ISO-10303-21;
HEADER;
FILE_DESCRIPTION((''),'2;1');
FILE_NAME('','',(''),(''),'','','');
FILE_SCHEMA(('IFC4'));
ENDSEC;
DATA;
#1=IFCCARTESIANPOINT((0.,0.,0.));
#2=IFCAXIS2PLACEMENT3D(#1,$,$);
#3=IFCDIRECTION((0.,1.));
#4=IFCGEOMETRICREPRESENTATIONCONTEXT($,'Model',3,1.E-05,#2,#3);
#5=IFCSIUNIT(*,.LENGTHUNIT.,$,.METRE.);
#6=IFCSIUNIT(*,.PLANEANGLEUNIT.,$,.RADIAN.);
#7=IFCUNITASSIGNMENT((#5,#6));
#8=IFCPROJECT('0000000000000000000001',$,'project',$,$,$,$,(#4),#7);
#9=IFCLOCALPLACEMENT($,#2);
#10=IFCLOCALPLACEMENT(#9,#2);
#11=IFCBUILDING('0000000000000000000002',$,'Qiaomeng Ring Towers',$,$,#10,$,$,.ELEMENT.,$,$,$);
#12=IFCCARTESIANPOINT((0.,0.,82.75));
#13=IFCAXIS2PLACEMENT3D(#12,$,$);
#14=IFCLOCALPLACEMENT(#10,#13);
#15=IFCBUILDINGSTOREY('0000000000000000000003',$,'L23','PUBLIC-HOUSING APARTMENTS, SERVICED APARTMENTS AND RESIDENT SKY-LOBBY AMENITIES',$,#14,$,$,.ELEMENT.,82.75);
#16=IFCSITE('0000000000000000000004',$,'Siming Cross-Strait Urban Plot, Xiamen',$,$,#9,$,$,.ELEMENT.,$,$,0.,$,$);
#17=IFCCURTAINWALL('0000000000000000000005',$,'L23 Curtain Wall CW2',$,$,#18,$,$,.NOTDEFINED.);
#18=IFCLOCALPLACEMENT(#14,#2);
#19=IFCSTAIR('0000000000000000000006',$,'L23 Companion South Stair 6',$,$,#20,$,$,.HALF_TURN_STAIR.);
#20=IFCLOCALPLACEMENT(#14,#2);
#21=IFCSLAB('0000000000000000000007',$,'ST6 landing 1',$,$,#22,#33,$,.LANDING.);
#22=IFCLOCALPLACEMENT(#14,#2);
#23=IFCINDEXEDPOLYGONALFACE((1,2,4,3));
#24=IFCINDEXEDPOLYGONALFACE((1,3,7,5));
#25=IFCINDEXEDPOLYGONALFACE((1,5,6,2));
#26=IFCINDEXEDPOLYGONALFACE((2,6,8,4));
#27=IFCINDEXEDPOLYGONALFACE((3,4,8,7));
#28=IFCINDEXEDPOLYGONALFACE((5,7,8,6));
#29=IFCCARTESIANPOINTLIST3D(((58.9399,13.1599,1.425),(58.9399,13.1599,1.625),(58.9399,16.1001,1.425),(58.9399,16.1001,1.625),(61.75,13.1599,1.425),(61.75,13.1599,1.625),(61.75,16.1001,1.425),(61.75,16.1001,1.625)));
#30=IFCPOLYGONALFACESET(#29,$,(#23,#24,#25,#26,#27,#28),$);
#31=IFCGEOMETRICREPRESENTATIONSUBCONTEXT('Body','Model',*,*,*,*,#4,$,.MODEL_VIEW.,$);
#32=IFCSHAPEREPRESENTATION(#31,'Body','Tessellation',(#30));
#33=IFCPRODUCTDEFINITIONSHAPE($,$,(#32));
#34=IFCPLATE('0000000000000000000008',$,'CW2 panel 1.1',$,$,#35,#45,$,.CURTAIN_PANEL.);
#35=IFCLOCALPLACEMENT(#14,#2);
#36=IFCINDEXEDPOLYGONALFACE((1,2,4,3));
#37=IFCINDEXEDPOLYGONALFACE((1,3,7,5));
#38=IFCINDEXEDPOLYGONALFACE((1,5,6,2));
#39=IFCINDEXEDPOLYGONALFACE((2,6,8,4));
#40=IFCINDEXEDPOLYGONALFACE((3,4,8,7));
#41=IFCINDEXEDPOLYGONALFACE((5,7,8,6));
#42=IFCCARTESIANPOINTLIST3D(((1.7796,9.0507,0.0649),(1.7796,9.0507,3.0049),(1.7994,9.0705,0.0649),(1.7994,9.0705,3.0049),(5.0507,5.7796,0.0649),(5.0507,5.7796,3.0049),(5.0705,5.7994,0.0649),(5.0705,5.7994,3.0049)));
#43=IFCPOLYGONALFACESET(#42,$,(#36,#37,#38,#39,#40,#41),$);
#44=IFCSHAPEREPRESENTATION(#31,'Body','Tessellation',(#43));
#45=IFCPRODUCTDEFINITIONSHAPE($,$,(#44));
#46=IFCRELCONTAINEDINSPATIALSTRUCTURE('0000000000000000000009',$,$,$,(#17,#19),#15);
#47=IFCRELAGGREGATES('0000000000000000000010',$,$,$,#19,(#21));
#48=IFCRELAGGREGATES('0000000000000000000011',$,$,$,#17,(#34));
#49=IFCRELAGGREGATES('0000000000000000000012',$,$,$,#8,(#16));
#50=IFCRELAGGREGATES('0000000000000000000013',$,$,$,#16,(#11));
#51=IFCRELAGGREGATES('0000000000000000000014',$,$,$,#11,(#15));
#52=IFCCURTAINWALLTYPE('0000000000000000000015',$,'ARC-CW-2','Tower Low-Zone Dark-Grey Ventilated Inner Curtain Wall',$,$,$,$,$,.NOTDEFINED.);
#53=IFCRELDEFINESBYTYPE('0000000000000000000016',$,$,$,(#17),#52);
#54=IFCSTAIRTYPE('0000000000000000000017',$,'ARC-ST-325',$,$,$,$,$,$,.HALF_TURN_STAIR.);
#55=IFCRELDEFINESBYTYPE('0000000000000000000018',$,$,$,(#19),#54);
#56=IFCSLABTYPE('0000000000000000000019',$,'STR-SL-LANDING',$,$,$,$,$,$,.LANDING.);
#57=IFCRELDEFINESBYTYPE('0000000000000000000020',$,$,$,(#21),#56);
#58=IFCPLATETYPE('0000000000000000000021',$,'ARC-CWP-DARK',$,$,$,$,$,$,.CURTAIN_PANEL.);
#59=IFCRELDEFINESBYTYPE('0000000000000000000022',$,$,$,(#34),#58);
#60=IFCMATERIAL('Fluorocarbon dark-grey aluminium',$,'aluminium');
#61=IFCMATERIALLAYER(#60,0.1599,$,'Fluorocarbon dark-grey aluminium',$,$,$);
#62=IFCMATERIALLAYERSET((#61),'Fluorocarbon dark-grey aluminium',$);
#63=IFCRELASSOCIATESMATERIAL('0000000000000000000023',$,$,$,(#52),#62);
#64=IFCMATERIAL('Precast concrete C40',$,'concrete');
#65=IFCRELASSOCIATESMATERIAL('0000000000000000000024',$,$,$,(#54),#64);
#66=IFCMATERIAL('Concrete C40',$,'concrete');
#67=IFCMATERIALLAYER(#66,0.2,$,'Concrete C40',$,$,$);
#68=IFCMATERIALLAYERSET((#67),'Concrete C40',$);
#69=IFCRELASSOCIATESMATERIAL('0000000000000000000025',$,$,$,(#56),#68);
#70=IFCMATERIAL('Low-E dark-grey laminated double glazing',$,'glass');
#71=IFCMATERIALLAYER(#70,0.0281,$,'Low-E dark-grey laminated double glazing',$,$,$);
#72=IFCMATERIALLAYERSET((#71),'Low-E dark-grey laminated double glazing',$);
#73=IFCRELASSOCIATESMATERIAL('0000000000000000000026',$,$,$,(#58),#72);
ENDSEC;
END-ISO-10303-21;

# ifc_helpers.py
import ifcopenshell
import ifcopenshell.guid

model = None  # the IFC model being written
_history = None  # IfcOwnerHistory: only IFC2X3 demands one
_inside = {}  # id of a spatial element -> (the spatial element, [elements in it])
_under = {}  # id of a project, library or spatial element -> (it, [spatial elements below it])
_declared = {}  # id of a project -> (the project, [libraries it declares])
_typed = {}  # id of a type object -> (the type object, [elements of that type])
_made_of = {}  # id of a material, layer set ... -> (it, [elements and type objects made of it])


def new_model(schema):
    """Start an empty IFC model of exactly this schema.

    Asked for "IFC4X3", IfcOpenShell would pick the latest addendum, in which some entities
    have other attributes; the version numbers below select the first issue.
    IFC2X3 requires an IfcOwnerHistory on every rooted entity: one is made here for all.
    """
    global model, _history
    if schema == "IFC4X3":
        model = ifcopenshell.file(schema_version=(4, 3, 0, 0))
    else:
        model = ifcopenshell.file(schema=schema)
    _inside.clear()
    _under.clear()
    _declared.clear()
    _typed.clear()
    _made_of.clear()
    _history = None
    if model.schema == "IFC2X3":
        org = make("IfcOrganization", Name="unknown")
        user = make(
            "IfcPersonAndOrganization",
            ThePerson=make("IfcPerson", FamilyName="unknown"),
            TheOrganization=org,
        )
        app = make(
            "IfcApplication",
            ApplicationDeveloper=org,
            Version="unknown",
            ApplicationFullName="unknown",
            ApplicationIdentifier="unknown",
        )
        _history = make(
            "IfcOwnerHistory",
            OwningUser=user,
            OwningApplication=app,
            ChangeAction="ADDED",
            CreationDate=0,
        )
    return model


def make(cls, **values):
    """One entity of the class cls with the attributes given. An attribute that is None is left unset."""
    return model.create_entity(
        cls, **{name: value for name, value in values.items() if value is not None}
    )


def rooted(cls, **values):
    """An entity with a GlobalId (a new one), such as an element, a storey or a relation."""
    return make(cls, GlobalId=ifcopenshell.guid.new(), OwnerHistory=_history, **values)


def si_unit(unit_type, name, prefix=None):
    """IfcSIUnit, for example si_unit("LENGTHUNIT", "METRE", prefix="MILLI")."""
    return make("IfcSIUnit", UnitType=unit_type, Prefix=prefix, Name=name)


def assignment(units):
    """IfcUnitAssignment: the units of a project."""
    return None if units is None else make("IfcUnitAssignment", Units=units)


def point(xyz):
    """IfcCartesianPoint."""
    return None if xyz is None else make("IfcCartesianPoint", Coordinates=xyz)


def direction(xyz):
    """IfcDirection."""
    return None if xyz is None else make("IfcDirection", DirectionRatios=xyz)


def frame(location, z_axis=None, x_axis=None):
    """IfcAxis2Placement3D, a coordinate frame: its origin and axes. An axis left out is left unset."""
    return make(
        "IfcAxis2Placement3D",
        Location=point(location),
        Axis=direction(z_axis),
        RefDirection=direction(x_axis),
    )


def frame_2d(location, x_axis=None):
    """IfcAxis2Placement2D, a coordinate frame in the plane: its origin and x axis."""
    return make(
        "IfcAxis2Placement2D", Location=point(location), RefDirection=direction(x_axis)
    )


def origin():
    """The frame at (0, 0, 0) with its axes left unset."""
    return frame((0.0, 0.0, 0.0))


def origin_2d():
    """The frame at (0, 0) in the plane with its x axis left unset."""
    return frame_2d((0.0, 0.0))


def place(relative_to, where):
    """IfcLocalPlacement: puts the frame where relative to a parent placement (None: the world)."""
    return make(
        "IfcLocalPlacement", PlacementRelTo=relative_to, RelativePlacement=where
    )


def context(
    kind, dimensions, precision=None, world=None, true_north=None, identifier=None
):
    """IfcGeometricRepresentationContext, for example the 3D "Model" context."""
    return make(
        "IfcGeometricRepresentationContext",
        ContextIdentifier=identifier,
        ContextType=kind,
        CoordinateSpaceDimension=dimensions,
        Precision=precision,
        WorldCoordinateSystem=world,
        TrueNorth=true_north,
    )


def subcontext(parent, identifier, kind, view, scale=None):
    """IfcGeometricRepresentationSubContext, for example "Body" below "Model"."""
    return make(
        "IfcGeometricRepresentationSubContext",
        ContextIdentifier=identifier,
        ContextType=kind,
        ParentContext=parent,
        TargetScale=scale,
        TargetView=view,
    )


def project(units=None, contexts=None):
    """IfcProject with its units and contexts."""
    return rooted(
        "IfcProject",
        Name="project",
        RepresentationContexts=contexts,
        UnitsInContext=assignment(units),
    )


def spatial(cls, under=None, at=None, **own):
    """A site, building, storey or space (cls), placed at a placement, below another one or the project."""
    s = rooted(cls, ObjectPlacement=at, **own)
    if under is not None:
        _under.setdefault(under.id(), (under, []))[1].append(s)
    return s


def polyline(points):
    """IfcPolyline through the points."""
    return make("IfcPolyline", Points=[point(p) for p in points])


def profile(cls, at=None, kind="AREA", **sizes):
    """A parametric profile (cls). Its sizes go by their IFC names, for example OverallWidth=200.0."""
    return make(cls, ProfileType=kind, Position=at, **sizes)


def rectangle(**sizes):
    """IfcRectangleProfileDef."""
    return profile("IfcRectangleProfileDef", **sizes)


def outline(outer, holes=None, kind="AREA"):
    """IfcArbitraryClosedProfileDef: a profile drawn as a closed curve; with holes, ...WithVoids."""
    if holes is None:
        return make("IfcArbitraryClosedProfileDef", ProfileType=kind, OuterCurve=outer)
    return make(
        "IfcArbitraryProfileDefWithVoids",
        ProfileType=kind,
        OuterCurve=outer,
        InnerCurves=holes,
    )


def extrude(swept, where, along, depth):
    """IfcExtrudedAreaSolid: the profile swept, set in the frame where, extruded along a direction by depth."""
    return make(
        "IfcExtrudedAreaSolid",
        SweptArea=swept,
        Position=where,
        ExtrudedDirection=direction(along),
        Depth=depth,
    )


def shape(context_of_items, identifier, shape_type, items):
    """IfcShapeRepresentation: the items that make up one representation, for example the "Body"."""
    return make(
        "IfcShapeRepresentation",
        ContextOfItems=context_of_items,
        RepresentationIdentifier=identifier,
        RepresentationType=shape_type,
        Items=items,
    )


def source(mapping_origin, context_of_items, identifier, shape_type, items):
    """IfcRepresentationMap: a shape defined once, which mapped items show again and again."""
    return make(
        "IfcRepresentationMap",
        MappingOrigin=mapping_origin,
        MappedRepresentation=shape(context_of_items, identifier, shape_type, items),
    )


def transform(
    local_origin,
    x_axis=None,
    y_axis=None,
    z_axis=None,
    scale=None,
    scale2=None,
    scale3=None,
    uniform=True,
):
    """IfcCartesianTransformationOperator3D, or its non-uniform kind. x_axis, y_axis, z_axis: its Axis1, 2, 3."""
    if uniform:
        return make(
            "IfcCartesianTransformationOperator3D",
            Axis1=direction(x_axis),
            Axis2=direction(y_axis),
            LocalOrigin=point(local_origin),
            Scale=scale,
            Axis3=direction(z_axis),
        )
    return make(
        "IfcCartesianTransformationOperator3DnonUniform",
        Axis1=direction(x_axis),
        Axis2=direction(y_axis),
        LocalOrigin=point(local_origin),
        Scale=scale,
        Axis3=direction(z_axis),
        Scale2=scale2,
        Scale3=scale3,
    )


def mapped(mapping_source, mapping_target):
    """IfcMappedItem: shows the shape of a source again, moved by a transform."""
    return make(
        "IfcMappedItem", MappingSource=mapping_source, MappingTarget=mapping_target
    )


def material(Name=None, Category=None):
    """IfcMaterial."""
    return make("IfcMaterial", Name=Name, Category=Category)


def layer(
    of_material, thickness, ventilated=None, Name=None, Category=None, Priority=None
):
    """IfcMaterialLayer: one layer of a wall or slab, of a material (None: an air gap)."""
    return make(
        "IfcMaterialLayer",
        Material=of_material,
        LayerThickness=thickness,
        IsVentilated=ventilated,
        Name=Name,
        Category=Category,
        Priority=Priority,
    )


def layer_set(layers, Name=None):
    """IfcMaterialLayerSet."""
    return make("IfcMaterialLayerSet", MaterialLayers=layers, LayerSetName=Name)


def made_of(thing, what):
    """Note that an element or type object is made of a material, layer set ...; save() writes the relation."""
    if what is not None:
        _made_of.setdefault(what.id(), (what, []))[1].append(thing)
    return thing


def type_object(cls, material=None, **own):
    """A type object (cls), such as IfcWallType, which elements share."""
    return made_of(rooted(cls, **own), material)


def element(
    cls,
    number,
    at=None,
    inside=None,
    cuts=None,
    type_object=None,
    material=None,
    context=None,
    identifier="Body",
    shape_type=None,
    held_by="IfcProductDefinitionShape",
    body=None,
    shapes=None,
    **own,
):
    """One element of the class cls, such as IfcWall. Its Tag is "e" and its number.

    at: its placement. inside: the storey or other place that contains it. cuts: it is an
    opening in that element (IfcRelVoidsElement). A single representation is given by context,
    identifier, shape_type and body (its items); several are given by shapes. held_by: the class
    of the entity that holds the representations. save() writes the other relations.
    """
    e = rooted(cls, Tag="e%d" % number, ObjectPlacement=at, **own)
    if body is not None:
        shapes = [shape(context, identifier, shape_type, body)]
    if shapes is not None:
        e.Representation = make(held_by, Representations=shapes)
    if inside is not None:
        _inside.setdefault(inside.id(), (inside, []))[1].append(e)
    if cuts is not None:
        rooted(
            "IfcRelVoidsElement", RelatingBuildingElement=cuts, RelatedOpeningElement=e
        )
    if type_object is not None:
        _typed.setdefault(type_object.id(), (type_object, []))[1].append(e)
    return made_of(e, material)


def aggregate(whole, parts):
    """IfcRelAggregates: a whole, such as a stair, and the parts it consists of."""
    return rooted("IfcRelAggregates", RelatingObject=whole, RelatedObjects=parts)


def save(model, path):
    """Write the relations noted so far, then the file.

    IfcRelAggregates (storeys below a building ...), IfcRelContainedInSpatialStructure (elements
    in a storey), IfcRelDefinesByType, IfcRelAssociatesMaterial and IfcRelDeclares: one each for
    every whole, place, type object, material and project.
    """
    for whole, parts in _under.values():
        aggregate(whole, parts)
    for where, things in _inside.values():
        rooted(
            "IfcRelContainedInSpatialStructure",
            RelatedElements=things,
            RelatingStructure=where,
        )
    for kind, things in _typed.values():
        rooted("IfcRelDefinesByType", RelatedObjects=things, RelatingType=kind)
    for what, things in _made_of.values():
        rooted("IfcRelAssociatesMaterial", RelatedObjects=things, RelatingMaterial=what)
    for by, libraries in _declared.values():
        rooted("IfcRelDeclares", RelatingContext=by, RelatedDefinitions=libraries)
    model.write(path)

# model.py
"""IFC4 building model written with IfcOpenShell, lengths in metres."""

from ifc_helpers import new_model, si_unit, direction, frame, origin, origin_2d, place, context, subcontext, project, spatial, polyline, rectangle, outline, extrude, source, transform, mapped, material, layer, layer_set, type_object, element, aggregate, save


model = new_model("IFC4")

# Units and contexts
model_context = context("Model", 3, precision=1e-05, world=origin(), true_north=direction((0.0, 1.0)))
body_context = subcontext(model_context, "Body", "Model", "MODEL_VIEW")
ifc_project = project(units=[si_unit("LENGTHUNIT", "METRE"), si_unit("PLANEANGLEUNIT", "RADIAN")], contexts=[model_context])

# Site, building, storey
site_placement = place(None, origin())
site = spatial("IfcSite", under=ifc_project, at=site_placement, Name="Siming Cross-Strait Urban Plot, Xiamen", CompositionType="ELEMENT", RefElevation=0.0)
building_placement = place(site_placement, origin())
building = spatial("IfcBuilding", under=site, at=building_placement, Name="Qiaomeng Ring Towers", CompositionType="ELEMENT")
storey_placement = place(building_placement, frame((0.0, 0.0, 82.75)))
storey = spatial("IfcBuildingStorey", under=building, at=storey_placement, Name="L23", Description="PUBLIC-HOUSING APARTMENTS, SERVICED APARTMENTS AND RESIDENT SKY-LOBBY AMENITIES", CompositionType="ELEMENT", Elevation=82.75)

# Curtain wall
ifc_material_1 = material(Name="Fluorocarbon dark-grey aluminium", Category="aluminium")
ifc_layer_1 = layer(ifc_material_1, 0.1599, Name="Fluorocarbon dark-grey aluminium")
ifc_layer_set_1 = layer_set([ifc_layer_1], Name="Fluorocarbon dark-grey aluminium")
curtain_wall_type = type_object("IfcCurtainWallType", Name="ARC-CW-2", Description="Tower Low-Zone Dark-Grey Ventilated Inner Curtain Wall", PredefinedType="NOTDEFINED", material=ifc_layer_set_1)
curtain_wall_placement = place(storey_placement, origin())
curtain_wall = element("IfcCurtainWall", 1, at=curtain_wall_placement, inside=storey, type_object=curtain_wall_type, Name="L23 Curtain Wall CW2", PredefinedType="NOTDEFINED")

# Stair, slab
ifc_material_2 = material(Name="Precast concrete C40", Category="concrete")
stair_type = type_object("IfcStairType", Name="ARC-ST-325", PredefinedType="HALF_TURN_STAIR", material=ifc_material_2)
stair_placement = place(storey_placement, origin())
stair = element("IfcStair", 2, at=stair_placement, inside=storey, type_object=stair_type, Name="L23 Companion South Stair 6", PredefinedType="HALF_TURN_STAIR")
ifc_material_3 = material(Name="Concrete C40", Category="concrete")
ifc_layer_2 = layer(ifc_material_3, 0.2, Name="Concrete C40")
ifc_layer_set_2 = layer_set([ifc_layer_2], Name="Concrete C40")
slab_type = type_object("IfcSlabType", Name="STR-SL-LANDING", PredefinedType="LANDING", material=ifc_layer_set_2)
slab_placement = place(storey_placement, frame((0.0, 0.0, 1.425)))
slab = element("IfcSlab", 3, at=slab_placement, type_object=slab_type, Name="ST6 landing 1", PredefinedType="LANDING", context=body_context, shape_type="SweptSolid", body=[
    extrude(outline(polyline([(58.9399, 13.1599), (61.75, 13.1599), (61.75, 16.1001), (58.9399, 16.1001), (58.9399, 13.1599)])), origin(), (0.0, 0.0, 1.0), 0.2),
])
aggregate(stair, [slab])

# Plate
ifc_material_4 = material(Name="Low-E dark-grey laminated double glazing", Category="glass")
ifc_layer_3 = layer(ifc_material_4, 0.0281, Name="Low-E dark-grey laminated double glazing")
ifc_layer_set_3 = layer_set([ifc_layer_3], Name="Low-E dark-grey laminated double glazing")
plate_type = type_object("IfcPlateType", Name="ARC-CWP-DARK", PredefinedType="CURTAIN_PANEL", material=ifc_layer_set_3)
shared_shape_1 = source(origin(), body_context, "Body", "SweptSolid", [
    extrude(rectangle(XDim=4.626, YDim=0.0281, at=origin_2d()), origin(), (0.0, 0.0, 1.0), 2.9399),
])
plate_placement = place(storey_placement, frame((3.425, 7.425, 0.0649), z_axis=(0.0, 0.0, 1.0), x_axis=(0.707107, -0.707107, 0.0)))
plate = element("IfcPlate", 4, at=plate_placement, type_object=plate_type, Name="CW2 panel 1.1", PredefinedType="CURTAIN_PANEL", context=body_context, shape_type="MappedRepresentation", body=[
    mapped(shared_shape_1, transform((0.0, 0.0, 0.0), x_axis=(1.0, 0.0, 0.0), y_axis=(0.0, 1.0, 0.0), z_axis=(0.0, 0.0, 1.0), scale=1.0)),
])
aggregate(curtain_wall, [plate])

save(model, "model.ifc")
